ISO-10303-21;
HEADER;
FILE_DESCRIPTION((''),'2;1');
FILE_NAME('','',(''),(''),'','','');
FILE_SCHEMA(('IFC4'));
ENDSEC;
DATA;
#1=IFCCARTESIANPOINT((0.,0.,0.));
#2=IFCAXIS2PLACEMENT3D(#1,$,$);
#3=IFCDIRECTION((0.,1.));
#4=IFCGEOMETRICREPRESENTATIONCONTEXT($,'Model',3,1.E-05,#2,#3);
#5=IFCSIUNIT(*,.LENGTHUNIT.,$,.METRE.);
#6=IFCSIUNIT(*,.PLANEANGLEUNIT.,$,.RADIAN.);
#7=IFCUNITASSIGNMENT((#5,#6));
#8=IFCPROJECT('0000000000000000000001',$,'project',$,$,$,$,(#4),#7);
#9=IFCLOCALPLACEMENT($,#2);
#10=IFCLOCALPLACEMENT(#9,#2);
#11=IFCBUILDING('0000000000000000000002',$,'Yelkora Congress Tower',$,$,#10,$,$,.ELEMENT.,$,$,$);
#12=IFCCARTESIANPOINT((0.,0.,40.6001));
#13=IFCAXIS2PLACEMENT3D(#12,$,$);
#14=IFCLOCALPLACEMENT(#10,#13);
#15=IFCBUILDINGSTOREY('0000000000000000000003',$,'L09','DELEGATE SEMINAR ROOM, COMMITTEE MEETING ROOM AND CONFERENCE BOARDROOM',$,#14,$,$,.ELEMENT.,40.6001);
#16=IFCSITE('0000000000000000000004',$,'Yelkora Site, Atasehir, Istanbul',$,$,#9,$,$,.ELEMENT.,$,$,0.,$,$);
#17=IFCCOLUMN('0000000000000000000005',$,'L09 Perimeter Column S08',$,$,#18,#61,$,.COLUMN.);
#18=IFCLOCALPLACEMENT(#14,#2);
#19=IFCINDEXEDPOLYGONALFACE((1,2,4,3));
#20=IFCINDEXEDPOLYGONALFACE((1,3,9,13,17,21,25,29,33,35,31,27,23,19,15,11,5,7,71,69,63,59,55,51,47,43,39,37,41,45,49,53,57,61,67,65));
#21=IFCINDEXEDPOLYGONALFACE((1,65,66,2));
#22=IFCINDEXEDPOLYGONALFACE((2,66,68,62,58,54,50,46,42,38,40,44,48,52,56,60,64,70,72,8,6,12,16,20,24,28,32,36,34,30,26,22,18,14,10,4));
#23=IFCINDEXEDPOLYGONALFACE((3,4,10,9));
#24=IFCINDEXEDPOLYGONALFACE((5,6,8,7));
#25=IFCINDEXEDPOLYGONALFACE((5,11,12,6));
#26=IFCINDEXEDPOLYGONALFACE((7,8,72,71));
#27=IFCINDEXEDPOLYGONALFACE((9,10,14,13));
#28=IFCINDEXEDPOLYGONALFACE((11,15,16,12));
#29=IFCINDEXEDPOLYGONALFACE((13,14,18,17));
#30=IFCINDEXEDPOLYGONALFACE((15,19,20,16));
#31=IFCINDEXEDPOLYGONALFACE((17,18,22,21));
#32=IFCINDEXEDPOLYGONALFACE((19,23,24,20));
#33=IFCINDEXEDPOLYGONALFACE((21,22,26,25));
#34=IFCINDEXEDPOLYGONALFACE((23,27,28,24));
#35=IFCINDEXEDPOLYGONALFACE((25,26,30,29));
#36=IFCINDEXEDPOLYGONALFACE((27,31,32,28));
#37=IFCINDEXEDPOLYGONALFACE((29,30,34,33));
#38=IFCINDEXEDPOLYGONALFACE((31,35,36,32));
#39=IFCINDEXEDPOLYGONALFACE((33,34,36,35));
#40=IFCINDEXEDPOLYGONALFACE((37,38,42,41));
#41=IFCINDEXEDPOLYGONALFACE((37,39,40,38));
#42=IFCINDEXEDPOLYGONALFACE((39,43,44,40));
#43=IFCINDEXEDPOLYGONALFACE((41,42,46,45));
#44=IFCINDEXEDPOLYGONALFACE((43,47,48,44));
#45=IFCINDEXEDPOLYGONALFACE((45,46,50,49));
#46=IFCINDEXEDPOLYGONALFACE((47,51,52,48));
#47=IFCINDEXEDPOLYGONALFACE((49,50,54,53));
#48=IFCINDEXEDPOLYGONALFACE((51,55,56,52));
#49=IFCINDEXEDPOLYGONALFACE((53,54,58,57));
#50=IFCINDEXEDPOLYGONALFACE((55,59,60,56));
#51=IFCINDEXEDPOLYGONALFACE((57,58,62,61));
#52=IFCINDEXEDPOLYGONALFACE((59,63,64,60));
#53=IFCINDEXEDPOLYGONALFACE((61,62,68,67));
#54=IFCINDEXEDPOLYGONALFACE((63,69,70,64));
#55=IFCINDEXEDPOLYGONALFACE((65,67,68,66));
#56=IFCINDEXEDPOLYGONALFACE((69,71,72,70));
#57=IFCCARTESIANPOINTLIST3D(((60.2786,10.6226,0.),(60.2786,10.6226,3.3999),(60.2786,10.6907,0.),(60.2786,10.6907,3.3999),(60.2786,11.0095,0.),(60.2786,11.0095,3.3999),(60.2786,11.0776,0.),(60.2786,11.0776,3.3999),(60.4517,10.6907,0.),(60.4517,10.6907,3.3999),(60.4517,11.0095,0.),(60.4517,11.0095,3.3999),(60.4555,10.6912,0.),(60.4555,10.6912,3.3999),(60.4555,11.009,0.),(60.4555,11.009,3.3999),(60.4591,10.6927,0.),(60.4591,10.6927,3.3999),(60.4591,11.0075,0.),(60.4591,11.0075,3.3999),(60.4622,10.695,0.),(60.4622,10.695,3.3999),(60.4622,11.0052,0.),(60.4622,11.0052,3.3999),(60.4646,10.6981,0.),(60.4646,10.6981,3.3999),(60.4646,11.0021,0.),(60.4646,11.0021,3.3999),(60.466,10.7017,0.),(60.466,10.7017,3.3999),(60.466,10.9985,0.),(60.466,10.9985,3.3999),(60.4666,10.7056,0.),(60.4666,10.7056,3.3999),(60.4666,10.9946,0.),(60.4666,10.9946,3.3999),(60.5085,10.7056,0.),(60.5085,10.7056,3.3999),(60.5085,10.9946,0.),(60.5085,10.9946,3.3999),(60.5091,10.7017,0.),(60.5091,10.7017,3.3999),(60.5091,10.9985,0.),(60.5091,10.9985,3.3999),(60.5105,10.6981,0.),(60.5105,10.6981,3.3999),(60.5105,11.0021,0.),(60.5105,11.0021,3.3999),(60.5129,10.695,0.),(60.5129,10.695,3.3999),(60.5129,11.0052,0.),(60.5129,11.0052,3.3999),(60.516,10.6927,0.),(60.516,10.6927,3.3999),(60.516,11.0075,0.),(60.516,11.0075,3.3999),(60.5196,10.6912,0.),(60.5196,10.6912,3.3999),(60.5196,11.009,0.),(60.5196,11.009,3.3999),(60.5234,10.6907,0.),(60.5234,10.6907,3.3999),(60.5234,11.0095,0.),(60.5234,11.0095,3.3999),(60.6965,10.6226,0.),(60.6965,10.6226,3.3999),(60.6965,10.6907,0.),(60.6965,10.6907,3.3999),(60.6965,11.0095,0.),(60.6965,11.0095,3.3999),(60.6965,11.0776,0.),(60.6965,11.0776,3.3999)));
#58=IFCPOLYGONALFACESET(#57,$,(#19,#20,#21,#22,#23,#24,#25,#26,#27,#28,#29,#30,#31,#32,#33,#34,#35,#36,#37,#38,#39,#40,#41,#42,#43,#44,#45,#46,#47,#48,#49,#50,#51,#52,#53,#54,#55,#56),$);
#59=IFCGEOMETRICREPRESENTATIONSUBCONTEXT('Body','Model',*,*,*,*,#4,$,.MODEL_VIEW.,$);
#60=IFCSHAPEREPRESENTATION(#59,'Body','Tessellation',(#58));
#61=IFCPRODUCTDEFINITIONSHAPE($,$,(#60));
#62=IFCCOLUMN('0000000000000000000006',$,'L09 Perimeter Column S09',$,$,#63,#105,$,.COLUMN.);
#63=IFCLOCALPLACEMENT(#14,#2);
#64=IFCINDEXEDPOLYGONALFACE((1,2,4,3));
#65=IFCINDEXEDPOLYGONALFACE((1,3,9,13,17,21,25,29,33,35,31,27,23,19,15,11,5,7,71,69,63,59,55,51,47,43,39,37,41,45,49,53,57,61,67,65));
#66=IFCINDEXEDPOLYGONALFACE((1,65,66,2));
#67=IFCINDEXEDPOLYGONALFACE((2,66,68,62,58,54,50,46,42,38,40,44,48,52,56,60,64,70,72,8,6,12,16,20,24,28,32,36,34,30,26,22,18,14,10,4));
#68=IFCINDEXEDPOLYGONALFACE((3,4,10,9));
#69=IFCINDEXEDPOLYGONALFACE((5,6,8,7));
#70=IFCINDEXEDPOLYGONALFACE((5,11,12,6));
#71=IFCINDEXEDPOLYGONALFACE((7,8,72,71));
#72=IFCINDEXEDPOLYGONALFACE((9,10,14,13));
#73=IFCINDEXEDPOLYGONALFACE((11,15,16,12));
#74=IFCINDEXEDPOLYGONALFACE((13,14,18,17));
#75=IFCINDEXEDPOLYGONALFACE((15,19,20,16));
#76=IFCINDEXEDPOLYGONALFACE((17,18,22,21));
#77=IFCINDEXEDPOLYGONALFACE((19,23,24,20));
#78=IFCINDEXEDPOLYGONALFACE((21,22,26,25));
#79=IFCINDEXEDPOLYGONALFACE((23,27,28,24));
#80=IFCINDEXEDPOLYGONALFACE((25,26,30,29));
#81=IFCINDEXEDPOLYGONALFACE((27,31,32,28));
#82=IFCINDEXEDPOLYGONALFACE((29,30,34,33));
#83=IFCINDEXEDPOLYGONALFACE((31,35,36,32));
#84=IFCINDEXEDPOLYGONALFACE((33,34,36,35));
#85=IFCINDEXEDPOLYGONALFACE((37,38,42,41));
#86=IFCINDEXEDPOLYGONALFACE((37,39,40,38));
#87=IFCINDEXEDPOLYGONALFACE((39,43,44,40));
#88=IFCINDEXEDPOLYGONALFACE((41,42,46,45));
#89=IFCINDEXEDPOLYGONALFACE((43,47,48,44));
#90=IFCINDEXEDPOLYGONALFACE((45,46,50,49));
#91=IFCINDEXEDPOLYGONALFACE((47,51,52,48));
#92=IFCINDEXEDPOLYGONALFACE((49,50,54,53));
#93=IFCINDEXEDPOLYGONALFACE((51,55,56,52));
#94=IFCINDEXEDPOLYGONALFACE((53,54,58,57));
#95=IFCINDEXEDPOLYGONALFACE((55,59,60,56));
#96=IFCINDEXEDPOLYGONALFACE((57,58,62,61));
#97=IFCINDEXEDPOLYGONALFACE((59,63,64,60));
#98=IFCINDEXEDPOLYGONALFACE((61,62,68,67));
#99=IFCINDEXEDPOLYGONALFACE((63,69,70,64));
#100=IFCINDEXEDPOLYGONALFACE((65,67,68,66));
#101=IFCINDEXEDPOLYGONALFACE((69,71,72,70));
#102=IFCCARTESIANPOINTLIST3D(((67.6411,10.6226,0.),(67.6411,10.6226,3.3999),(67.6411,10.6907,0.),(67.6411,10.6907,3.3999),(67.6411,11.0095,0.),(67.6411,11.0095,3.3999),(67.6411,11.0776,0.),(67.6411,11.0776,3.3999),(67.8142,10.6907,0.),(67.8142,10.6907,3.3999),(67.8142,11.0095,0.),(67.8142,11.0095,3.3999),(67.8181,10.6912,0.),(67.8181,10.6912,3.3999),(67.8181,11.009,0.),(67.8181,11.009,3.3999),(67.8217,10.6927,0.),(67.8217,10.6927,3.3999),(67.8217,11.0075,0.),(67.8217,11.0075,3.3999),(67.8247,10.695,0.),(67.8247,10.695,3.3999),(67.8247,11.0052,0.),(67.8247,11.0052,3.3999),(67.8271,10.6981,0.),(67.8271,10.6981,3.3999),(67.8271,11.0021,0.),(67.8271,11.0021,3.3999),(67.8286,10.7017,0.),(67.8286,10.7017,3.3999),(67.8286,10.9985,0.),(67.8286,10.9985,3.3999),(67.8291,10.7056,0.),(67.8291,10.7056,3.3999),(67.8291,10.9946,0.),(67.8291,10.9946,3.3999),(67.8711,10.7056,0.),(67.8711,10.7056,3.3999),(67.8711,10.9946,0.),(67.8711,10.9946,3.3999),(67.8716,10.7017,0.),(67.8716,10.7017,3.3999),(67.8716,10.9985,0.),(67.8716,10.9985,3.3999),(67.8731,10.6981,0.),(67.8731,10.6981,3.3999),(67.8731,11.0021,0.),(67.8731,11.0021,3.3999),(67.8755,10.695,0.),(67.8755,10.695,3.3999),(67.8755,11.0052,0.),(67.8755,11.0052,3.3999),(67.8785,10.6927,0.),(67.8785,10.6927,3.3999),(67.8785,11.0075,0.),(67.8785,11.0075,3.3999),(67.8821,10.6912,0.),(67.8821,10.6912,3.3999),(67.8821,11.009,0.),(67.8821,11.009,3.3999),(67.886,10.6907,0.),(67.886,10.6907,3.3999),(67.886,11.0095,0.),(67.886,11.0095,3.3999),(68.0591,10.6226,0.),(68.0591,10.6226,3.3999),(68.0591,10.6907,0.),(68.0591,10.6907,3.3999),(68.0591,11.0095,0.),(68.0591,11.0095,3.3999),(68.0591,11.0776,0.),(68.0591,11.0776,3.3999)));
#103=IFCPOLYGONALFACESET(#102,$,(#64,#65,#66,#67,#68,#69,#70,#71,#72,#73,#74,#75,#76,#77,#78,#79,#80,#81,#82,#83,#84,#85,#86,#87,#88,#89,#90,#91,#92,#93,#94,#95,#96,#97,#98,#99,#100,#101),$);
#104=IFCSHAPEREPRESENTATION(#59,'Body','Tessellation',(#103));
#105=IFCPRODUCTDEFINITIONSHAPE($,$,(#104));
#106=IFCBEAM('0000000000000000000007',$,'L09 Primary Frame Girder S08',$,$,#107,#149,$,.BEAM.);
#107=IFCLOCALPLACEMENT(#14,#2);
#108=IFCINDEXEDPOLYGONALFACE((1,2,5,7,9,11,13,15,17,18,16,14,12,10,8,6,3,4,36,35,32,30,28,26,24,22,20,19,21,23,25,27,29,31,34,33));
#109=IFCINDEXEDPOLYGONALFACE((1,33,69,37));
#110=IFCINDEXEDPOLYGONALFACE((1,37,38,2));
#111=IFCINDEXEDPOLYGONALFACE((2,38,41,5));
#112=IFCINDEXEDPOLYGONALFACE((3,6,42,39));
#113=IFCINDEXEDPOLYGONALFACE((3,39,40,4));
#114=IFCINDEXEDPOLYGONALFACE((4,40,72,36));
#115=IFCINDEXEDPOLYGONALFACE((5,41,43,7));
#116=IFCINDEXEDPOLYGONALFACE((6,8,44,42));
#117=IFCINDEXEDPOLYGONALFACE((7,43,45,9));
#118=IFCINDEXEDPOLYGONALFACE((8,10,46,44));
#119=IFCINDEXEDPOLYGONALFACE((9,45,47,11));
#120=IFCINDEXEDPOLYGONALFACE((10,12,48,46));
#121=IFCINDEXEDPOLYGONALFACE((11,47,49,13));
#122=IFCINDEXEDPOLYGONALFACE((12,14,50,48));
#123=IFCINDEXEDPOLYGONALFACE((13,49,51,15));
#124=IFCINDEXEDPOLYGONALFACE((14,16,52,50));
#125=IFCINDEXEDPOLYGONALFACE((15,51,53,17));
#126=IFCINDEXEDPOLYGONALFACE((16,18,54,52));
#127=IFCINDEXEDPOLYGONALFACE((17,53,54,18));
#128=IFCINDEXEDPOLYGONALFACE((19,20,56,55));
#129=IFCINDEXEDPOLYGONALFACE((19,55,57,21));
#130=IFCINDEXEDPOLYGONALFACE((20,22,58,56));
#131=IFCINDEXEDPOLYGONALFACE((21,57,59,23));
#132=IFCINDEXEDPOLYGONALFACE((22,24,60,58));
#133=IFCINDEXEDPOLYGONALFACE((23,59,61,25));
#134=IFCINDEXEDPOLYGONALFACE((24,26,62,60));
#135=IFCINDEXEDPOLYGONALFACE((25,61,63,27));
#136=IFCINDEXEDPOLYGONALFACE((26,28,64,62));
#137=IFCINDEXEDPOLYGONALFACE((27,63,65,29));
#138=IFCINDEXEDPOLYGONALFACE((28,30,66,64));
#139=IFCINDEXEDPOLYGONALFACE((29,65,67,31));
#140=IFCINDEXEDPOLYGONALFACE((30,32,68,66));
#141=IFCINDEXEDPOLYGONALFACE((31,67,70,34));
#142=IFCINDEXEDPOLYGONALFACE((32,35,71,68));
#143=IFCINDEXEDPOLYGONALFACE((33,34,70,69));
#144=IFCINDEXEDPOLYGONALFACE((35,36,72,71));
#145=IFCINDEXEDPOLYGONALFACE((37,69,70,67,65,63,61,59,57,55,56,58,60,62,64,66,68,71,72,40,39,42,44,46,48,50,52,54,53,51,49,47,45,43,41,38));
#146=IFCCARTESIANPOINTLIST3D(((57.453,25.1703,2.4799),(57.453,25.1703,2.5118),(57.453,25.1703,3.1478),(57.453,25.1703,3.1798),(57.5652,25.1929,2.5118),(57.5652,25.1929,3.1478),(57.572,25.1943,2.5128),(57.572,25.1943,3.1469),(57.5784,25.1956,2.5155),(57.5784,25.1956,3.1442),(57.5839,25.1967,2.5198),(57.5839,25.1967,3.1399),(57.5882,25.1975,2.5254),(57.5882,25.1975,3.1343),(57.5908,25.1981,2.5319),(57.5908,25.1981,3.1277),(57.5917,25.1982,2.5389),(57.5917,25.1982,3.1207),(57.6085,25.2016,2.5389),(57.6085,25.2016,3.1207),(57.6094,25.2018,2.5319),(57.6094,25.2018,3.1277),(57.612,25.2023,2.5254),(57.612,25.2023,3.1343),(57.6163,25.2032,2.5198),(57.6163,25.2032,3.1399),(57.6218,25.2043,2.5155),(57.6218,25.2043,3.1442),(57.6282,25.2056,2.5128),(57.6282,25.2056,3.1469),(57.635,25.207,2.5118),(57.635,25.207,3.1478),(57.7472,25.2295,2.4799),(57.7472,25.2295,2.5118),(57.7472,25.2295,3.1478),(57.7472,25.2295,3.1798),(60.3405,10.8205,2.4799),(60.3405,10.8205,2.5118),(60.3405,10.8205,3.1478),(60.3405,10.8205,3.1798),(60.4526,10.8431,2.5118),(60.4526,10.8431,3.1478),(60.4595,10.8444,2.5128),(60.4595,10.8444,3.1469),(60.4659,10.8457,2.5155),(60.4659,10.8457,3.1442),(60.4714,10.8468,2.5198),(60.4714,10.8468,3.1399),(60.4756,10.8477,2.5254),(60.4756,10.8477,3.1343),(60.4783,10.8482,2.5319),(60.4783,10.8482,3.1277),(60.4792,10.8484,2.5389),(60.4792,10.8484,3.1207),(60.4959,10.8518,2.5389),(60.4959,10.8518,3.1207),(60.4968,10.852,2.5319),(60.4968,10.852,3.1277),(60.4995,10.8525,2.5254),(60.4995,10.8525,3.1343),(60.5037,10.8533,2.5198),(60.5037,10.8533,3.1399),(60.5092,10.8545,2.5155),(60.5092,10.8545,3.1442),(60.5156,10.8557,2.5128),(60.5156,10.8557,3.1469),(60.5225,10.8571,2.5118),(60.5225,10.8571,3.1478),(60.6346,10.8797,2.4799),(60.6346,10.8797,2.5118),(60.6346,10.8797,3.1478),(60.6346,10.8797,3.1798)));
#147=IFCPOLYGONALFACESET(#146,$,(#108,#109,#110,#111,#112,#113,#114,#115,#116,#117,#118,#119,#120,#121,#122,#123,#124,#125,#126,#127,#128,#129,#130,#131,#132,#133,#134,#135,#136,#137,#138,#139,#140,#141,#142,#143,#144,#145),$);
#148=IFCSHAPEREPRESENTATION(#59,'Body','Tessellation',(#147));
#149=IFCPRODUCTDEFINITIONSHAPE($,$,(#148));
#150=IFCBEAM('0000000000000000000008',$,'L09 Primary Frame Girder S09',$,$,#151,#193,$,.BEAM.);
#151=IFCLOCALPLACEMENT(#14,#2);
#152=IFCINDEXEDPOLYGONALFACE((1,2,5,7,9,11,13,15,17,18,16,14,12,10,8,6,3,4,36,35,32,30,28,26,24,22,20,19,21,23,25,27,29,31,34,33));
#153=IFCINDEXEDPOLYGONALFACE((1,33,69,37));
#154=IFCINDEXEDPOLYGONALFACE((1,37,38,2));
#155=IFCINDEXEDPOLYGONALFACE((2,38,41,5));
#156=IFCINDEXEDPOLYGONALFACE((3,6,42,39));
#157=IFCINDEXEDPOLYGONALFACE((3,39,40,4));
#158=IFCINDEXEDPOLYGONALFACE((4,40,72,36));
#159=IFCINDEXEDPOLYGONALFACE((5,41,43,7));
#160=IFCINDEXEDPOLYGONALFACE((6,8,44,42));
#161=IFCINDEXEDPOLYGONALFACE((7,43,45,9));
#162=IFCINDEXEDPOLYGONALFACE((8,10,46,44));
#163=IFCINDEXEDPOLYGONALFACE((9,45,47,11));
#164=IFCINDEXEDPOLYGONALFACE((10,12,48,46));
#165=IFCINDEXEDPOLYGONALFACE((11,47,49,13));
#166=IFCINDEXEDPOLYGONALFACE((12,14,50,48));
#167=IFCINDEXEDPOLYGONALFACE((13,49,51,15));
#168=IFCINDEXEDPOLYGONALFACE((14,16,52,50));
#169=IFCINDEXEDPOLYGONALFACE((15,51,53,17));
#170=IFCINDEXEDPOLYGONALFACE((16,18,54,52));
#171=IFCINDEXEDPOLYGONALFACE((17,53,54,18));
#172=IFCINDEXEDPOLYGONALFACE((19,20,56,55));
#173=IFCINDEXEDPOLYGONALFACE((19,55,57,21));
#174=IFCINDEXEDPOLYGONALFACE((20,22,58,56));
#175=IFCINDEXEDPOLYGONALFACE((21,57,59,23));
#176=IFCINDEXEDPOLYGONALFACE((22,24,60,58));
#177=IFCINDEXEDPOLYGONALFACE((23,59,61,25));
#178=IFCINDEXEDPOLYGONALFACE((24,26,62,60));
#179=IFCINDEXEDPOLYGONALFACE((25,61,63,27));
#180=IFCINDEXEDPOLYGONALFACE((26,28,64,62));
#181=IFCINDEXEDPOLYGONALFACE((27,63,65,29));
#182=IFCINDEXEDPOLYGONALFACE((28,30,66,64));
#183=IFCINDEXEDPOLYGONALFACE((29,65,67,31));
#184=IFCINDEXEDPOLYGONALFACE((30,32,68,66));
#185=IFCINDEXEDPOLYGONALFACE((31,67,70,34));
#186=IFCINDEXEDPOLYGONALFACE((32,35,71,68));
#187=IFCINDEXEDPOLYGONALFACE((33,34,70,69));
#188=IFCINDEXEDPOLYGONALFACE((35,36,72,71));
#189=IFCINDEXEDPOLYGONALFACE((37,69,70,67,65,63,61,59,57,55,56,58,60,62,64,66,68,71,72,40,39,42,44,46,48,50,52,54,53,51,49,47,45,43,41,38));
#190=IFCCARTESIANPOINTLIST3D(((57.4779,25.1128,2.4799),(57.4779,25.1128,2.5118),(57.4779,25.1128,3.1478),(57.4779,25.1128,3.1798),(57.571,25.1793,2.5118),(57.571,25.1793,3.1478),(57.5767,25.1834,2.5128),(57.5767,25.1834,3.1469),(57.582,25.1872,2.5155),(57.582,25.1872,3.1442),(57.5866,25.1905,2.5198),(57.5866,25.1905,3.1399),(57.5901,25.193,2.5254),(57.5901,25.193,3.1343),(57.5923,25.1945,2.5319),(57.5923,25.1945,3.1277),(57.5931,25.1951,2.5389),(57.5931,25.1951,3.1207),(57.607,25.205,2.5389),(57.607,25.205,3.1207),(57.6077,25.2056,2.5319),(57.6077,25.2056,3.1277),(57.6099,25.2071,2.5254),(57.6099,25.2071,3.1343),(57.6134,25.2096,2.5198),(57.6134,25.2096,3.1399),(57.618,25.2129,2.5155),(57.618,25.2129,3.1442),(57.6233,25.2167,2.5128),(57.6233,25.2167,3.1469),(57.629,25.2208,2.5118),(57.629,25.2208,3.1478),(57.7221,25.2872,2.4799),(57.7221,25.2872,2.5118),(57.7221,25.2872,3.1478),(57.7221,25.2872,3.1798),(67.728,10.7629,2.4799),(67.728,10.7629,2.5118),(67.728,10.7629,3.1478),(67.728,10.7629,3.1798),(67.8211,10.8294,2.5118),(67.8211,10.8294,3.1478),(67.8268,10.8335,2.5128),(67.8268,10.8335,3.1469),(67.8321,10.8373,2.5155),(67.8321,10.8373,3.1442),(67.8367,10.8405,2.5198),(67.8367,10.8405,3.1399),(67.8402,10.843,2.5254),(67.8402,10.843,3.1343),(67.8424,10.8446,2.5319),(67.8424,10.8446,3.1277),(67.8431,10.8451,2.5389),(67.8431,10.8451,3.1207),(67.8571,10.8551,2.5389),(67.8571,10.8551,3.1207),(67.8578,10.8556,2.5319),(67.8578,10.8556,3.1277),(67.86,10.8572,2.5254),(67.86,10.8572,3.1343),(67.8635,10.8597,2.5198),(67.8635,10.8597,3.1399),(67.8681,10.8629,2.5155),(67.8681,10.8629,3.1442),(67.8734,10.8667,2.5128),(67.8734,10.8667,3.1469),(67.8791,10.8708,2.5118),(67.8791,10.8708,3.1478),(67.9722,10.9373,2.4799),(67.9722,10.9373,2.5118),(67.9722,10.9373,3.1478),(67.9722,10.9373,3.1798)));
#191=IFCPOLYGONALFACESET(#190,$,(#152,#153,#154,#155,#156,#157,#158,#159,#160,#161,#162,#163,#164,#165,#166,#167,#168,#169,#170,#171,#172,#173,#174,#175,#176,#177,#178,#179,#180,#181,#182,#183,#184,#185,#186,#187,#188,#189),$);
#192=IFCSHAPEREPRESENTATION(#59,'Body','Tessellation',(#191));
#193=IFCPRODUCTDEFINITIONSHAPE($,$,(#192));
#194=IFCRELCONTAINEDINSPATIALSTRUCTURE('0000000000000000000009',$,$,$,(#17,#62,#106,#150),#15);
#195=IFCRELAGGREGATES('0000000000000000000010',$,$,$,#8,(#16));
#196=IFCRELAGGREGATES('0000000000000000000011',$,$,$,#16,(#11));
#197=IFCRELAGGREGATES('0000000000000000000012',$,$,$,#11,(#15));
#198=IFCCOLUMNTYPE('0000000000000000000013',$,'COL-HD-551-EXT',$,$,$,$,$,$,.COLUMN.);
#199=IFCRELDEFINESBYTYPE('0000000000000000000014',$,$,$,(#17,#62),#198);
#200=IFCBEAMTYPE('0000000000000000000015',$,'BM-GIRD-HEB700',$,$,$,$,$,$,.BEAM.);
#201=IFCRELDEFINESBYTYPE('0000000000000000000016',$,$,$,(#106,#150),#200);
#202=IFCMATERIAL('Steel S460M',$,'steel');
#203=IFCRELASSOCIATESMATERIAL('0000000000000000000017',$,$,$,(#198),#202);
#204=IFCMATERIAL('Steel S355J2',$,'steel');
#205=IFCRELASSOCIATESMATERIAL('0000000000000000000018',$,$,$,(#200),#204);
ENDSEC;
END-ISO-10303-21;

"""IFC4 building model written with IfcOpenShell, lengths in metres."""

from ifc_helpers import new_model, si_unit, direction, frame, origin, origin_2d, place, context, subcontext, project, spatial, i_section, extrude, material, material_profile, profile_set, type_object, element, save


model = new_model("IFC4")

# Units and contexts
model_context = context("Model", 3, precision=1e-05, world=origin(), true_north=direction((0.0, 1.0)))
body_context = subcontext(model_context, "Body", "Model", "MODEL_VIEW")
ifc_project = project(units=[si_unit("LENGTHUNIT", "METRE"), si_unit("PLANEANGLEUNIT", "RADIAN")], contexts=[model_context])

# Site, building, storey
site_placement = place(None, origin())
site = spatial("IfcSite", under=ifc_project, at=site_placement, Name="Yelkora Site, Atasehir, Istanbul", CompositionType="ELEMENT", RefElevation=0.0)
building_placement = place(site_placement, origin())
building = spatial("IfcBuilding", under=site, at=building_placement, Name="Yelkora Congress Tower", CompositionType="ELEMENT")
storey_placement = place(building_placement, frame((0.0, 0.0, 40.6001)))
storey = spatial("IfcBuildingStorey", under=building, at=storey_placement, Name="L09", Description="DELEGATE SEMINAR ROOM, COMMITTEE MEETING ROOM AND CONFERENCE BOARDROOM", CompositionType="ELEMENT", Elevation=40.6001)

# Columns
ifc_material_1 = material(Name="Steel S460M", Category="steel")
ifc_material_profile_1 = material_profile(ifc_material_1, i_section(OverallWidth=0.418, OverallDepth=0.4551, WebThickness=0.042, FlangeThickness=0.0681, FilletRadius=0.0149, at=origin_2d()), Name="HD 400x551")
ifc_profile_set_1 = profile_set([ifc_material_profile_1], Name="Steel S460M")
column_type = type_object("IfcColumnType", Name="COL-HD-551-EXT", PredefinedType="COLUMN", material=ifc_profile_set_1)
for number, where, z_axis, x_axis, name in (
    (1, (60.4875, 10.8501, 0.0), (0.0, 0.0, 1.0), (1.0, 0.0, 0.0), "L09 Perimeter Column S08"),
    (2, (67.8501, 10.8501, 0.0), (0.0, 0.0, 1.0), (1.0, 0.0, 0.0), "L09 Perimeter Column S09"),
):
    element("IfcColumn", number, at=place(storey_placement, frame(where, z_axis=z_axis, x_axis=x_axis)), inside=storey, type_object=column_type, Name=name, PredefinedType="COLUMN", context=body_context, shape_type="SweptSolid", body=[
        extrude(i_section(OverallWidth=0.418, OverallDepth=0.4551, WebThickness=0.042, FlangeThickness=0.0681, FilletRadius=0.0149, at=origin_2d()), origin(), (0.0, 0.0, 1.0), 3.3999),
    ])

# Beams
ifc_material_2 = material(Name="Steel S355J2", Category="steel")
ifc_material_profile_2 = material_profile(ifc_material_2, i_section(OverallWidth=0.3, OverallDepth=0.7, WebThickness=0.0171, FlangeThickness=0.032, FilletRadius=0.0271, at=origin_2d()), Name="HEB 700")
ifc_profile_set_2 = profile_set([ifc_material_profile_2], Name="Steel S355J2")
beam_type_1 = type_object("IfcBeamType", Name="BM-GIRD-HEB700", PredefinedType="BEAM", material=ifc_profile_set_2)
beam_1_placement = place(storey_placement, frame((60.4875, 10.8501, 2.8298), z_axis=(-0.197264, 0.98035, 0.0), x_axis=(-0.98035, -0.197264, 0.0)))
element("IfcBeam", 3, at=beam_1_placement, inside=storey, type_object=beam_type_1, Name="L09 Primary Frame Girder S08", PredefinedType="BEAM", context=body_context, shape_type="SweptSolid", body=[
    extrude(i_section(OverallWidth=0.3, OverallDepth=0.7, WebThickness=0.0171, FlangeThickness=0.032, FilletRadius=0.0271, at=origin_2d()), origin(), (0.0, 0.0, 1.0), 14.6375),
])
beam_2_placement = place(storey_placement, frame((67.8501, 10.8501, 2.8298), z_axis=(-0.581242, 0.813731, 0.0), x_axis=(-0.813731, -0.581242, 0.0)))
element("IfcBeam", 4, at=beam_2_placement, inside=storey, type_object=beam_type_1, Name="L09 Primary Frame Girder S09", PredefinedType="BEAM", context=body_context, shape_type="SweptSolid", body=[
    extrude(i_section(OverallWidth=0.3, OverallDepth=0.7, WebThickness=0.0171, FlangeThickness=0.032, FilletRadius=0.0271, at=origin_2d()), origin(), (0.0, 0.0, 1.0), 17.6348),
])

save(model, "model.ifc")
